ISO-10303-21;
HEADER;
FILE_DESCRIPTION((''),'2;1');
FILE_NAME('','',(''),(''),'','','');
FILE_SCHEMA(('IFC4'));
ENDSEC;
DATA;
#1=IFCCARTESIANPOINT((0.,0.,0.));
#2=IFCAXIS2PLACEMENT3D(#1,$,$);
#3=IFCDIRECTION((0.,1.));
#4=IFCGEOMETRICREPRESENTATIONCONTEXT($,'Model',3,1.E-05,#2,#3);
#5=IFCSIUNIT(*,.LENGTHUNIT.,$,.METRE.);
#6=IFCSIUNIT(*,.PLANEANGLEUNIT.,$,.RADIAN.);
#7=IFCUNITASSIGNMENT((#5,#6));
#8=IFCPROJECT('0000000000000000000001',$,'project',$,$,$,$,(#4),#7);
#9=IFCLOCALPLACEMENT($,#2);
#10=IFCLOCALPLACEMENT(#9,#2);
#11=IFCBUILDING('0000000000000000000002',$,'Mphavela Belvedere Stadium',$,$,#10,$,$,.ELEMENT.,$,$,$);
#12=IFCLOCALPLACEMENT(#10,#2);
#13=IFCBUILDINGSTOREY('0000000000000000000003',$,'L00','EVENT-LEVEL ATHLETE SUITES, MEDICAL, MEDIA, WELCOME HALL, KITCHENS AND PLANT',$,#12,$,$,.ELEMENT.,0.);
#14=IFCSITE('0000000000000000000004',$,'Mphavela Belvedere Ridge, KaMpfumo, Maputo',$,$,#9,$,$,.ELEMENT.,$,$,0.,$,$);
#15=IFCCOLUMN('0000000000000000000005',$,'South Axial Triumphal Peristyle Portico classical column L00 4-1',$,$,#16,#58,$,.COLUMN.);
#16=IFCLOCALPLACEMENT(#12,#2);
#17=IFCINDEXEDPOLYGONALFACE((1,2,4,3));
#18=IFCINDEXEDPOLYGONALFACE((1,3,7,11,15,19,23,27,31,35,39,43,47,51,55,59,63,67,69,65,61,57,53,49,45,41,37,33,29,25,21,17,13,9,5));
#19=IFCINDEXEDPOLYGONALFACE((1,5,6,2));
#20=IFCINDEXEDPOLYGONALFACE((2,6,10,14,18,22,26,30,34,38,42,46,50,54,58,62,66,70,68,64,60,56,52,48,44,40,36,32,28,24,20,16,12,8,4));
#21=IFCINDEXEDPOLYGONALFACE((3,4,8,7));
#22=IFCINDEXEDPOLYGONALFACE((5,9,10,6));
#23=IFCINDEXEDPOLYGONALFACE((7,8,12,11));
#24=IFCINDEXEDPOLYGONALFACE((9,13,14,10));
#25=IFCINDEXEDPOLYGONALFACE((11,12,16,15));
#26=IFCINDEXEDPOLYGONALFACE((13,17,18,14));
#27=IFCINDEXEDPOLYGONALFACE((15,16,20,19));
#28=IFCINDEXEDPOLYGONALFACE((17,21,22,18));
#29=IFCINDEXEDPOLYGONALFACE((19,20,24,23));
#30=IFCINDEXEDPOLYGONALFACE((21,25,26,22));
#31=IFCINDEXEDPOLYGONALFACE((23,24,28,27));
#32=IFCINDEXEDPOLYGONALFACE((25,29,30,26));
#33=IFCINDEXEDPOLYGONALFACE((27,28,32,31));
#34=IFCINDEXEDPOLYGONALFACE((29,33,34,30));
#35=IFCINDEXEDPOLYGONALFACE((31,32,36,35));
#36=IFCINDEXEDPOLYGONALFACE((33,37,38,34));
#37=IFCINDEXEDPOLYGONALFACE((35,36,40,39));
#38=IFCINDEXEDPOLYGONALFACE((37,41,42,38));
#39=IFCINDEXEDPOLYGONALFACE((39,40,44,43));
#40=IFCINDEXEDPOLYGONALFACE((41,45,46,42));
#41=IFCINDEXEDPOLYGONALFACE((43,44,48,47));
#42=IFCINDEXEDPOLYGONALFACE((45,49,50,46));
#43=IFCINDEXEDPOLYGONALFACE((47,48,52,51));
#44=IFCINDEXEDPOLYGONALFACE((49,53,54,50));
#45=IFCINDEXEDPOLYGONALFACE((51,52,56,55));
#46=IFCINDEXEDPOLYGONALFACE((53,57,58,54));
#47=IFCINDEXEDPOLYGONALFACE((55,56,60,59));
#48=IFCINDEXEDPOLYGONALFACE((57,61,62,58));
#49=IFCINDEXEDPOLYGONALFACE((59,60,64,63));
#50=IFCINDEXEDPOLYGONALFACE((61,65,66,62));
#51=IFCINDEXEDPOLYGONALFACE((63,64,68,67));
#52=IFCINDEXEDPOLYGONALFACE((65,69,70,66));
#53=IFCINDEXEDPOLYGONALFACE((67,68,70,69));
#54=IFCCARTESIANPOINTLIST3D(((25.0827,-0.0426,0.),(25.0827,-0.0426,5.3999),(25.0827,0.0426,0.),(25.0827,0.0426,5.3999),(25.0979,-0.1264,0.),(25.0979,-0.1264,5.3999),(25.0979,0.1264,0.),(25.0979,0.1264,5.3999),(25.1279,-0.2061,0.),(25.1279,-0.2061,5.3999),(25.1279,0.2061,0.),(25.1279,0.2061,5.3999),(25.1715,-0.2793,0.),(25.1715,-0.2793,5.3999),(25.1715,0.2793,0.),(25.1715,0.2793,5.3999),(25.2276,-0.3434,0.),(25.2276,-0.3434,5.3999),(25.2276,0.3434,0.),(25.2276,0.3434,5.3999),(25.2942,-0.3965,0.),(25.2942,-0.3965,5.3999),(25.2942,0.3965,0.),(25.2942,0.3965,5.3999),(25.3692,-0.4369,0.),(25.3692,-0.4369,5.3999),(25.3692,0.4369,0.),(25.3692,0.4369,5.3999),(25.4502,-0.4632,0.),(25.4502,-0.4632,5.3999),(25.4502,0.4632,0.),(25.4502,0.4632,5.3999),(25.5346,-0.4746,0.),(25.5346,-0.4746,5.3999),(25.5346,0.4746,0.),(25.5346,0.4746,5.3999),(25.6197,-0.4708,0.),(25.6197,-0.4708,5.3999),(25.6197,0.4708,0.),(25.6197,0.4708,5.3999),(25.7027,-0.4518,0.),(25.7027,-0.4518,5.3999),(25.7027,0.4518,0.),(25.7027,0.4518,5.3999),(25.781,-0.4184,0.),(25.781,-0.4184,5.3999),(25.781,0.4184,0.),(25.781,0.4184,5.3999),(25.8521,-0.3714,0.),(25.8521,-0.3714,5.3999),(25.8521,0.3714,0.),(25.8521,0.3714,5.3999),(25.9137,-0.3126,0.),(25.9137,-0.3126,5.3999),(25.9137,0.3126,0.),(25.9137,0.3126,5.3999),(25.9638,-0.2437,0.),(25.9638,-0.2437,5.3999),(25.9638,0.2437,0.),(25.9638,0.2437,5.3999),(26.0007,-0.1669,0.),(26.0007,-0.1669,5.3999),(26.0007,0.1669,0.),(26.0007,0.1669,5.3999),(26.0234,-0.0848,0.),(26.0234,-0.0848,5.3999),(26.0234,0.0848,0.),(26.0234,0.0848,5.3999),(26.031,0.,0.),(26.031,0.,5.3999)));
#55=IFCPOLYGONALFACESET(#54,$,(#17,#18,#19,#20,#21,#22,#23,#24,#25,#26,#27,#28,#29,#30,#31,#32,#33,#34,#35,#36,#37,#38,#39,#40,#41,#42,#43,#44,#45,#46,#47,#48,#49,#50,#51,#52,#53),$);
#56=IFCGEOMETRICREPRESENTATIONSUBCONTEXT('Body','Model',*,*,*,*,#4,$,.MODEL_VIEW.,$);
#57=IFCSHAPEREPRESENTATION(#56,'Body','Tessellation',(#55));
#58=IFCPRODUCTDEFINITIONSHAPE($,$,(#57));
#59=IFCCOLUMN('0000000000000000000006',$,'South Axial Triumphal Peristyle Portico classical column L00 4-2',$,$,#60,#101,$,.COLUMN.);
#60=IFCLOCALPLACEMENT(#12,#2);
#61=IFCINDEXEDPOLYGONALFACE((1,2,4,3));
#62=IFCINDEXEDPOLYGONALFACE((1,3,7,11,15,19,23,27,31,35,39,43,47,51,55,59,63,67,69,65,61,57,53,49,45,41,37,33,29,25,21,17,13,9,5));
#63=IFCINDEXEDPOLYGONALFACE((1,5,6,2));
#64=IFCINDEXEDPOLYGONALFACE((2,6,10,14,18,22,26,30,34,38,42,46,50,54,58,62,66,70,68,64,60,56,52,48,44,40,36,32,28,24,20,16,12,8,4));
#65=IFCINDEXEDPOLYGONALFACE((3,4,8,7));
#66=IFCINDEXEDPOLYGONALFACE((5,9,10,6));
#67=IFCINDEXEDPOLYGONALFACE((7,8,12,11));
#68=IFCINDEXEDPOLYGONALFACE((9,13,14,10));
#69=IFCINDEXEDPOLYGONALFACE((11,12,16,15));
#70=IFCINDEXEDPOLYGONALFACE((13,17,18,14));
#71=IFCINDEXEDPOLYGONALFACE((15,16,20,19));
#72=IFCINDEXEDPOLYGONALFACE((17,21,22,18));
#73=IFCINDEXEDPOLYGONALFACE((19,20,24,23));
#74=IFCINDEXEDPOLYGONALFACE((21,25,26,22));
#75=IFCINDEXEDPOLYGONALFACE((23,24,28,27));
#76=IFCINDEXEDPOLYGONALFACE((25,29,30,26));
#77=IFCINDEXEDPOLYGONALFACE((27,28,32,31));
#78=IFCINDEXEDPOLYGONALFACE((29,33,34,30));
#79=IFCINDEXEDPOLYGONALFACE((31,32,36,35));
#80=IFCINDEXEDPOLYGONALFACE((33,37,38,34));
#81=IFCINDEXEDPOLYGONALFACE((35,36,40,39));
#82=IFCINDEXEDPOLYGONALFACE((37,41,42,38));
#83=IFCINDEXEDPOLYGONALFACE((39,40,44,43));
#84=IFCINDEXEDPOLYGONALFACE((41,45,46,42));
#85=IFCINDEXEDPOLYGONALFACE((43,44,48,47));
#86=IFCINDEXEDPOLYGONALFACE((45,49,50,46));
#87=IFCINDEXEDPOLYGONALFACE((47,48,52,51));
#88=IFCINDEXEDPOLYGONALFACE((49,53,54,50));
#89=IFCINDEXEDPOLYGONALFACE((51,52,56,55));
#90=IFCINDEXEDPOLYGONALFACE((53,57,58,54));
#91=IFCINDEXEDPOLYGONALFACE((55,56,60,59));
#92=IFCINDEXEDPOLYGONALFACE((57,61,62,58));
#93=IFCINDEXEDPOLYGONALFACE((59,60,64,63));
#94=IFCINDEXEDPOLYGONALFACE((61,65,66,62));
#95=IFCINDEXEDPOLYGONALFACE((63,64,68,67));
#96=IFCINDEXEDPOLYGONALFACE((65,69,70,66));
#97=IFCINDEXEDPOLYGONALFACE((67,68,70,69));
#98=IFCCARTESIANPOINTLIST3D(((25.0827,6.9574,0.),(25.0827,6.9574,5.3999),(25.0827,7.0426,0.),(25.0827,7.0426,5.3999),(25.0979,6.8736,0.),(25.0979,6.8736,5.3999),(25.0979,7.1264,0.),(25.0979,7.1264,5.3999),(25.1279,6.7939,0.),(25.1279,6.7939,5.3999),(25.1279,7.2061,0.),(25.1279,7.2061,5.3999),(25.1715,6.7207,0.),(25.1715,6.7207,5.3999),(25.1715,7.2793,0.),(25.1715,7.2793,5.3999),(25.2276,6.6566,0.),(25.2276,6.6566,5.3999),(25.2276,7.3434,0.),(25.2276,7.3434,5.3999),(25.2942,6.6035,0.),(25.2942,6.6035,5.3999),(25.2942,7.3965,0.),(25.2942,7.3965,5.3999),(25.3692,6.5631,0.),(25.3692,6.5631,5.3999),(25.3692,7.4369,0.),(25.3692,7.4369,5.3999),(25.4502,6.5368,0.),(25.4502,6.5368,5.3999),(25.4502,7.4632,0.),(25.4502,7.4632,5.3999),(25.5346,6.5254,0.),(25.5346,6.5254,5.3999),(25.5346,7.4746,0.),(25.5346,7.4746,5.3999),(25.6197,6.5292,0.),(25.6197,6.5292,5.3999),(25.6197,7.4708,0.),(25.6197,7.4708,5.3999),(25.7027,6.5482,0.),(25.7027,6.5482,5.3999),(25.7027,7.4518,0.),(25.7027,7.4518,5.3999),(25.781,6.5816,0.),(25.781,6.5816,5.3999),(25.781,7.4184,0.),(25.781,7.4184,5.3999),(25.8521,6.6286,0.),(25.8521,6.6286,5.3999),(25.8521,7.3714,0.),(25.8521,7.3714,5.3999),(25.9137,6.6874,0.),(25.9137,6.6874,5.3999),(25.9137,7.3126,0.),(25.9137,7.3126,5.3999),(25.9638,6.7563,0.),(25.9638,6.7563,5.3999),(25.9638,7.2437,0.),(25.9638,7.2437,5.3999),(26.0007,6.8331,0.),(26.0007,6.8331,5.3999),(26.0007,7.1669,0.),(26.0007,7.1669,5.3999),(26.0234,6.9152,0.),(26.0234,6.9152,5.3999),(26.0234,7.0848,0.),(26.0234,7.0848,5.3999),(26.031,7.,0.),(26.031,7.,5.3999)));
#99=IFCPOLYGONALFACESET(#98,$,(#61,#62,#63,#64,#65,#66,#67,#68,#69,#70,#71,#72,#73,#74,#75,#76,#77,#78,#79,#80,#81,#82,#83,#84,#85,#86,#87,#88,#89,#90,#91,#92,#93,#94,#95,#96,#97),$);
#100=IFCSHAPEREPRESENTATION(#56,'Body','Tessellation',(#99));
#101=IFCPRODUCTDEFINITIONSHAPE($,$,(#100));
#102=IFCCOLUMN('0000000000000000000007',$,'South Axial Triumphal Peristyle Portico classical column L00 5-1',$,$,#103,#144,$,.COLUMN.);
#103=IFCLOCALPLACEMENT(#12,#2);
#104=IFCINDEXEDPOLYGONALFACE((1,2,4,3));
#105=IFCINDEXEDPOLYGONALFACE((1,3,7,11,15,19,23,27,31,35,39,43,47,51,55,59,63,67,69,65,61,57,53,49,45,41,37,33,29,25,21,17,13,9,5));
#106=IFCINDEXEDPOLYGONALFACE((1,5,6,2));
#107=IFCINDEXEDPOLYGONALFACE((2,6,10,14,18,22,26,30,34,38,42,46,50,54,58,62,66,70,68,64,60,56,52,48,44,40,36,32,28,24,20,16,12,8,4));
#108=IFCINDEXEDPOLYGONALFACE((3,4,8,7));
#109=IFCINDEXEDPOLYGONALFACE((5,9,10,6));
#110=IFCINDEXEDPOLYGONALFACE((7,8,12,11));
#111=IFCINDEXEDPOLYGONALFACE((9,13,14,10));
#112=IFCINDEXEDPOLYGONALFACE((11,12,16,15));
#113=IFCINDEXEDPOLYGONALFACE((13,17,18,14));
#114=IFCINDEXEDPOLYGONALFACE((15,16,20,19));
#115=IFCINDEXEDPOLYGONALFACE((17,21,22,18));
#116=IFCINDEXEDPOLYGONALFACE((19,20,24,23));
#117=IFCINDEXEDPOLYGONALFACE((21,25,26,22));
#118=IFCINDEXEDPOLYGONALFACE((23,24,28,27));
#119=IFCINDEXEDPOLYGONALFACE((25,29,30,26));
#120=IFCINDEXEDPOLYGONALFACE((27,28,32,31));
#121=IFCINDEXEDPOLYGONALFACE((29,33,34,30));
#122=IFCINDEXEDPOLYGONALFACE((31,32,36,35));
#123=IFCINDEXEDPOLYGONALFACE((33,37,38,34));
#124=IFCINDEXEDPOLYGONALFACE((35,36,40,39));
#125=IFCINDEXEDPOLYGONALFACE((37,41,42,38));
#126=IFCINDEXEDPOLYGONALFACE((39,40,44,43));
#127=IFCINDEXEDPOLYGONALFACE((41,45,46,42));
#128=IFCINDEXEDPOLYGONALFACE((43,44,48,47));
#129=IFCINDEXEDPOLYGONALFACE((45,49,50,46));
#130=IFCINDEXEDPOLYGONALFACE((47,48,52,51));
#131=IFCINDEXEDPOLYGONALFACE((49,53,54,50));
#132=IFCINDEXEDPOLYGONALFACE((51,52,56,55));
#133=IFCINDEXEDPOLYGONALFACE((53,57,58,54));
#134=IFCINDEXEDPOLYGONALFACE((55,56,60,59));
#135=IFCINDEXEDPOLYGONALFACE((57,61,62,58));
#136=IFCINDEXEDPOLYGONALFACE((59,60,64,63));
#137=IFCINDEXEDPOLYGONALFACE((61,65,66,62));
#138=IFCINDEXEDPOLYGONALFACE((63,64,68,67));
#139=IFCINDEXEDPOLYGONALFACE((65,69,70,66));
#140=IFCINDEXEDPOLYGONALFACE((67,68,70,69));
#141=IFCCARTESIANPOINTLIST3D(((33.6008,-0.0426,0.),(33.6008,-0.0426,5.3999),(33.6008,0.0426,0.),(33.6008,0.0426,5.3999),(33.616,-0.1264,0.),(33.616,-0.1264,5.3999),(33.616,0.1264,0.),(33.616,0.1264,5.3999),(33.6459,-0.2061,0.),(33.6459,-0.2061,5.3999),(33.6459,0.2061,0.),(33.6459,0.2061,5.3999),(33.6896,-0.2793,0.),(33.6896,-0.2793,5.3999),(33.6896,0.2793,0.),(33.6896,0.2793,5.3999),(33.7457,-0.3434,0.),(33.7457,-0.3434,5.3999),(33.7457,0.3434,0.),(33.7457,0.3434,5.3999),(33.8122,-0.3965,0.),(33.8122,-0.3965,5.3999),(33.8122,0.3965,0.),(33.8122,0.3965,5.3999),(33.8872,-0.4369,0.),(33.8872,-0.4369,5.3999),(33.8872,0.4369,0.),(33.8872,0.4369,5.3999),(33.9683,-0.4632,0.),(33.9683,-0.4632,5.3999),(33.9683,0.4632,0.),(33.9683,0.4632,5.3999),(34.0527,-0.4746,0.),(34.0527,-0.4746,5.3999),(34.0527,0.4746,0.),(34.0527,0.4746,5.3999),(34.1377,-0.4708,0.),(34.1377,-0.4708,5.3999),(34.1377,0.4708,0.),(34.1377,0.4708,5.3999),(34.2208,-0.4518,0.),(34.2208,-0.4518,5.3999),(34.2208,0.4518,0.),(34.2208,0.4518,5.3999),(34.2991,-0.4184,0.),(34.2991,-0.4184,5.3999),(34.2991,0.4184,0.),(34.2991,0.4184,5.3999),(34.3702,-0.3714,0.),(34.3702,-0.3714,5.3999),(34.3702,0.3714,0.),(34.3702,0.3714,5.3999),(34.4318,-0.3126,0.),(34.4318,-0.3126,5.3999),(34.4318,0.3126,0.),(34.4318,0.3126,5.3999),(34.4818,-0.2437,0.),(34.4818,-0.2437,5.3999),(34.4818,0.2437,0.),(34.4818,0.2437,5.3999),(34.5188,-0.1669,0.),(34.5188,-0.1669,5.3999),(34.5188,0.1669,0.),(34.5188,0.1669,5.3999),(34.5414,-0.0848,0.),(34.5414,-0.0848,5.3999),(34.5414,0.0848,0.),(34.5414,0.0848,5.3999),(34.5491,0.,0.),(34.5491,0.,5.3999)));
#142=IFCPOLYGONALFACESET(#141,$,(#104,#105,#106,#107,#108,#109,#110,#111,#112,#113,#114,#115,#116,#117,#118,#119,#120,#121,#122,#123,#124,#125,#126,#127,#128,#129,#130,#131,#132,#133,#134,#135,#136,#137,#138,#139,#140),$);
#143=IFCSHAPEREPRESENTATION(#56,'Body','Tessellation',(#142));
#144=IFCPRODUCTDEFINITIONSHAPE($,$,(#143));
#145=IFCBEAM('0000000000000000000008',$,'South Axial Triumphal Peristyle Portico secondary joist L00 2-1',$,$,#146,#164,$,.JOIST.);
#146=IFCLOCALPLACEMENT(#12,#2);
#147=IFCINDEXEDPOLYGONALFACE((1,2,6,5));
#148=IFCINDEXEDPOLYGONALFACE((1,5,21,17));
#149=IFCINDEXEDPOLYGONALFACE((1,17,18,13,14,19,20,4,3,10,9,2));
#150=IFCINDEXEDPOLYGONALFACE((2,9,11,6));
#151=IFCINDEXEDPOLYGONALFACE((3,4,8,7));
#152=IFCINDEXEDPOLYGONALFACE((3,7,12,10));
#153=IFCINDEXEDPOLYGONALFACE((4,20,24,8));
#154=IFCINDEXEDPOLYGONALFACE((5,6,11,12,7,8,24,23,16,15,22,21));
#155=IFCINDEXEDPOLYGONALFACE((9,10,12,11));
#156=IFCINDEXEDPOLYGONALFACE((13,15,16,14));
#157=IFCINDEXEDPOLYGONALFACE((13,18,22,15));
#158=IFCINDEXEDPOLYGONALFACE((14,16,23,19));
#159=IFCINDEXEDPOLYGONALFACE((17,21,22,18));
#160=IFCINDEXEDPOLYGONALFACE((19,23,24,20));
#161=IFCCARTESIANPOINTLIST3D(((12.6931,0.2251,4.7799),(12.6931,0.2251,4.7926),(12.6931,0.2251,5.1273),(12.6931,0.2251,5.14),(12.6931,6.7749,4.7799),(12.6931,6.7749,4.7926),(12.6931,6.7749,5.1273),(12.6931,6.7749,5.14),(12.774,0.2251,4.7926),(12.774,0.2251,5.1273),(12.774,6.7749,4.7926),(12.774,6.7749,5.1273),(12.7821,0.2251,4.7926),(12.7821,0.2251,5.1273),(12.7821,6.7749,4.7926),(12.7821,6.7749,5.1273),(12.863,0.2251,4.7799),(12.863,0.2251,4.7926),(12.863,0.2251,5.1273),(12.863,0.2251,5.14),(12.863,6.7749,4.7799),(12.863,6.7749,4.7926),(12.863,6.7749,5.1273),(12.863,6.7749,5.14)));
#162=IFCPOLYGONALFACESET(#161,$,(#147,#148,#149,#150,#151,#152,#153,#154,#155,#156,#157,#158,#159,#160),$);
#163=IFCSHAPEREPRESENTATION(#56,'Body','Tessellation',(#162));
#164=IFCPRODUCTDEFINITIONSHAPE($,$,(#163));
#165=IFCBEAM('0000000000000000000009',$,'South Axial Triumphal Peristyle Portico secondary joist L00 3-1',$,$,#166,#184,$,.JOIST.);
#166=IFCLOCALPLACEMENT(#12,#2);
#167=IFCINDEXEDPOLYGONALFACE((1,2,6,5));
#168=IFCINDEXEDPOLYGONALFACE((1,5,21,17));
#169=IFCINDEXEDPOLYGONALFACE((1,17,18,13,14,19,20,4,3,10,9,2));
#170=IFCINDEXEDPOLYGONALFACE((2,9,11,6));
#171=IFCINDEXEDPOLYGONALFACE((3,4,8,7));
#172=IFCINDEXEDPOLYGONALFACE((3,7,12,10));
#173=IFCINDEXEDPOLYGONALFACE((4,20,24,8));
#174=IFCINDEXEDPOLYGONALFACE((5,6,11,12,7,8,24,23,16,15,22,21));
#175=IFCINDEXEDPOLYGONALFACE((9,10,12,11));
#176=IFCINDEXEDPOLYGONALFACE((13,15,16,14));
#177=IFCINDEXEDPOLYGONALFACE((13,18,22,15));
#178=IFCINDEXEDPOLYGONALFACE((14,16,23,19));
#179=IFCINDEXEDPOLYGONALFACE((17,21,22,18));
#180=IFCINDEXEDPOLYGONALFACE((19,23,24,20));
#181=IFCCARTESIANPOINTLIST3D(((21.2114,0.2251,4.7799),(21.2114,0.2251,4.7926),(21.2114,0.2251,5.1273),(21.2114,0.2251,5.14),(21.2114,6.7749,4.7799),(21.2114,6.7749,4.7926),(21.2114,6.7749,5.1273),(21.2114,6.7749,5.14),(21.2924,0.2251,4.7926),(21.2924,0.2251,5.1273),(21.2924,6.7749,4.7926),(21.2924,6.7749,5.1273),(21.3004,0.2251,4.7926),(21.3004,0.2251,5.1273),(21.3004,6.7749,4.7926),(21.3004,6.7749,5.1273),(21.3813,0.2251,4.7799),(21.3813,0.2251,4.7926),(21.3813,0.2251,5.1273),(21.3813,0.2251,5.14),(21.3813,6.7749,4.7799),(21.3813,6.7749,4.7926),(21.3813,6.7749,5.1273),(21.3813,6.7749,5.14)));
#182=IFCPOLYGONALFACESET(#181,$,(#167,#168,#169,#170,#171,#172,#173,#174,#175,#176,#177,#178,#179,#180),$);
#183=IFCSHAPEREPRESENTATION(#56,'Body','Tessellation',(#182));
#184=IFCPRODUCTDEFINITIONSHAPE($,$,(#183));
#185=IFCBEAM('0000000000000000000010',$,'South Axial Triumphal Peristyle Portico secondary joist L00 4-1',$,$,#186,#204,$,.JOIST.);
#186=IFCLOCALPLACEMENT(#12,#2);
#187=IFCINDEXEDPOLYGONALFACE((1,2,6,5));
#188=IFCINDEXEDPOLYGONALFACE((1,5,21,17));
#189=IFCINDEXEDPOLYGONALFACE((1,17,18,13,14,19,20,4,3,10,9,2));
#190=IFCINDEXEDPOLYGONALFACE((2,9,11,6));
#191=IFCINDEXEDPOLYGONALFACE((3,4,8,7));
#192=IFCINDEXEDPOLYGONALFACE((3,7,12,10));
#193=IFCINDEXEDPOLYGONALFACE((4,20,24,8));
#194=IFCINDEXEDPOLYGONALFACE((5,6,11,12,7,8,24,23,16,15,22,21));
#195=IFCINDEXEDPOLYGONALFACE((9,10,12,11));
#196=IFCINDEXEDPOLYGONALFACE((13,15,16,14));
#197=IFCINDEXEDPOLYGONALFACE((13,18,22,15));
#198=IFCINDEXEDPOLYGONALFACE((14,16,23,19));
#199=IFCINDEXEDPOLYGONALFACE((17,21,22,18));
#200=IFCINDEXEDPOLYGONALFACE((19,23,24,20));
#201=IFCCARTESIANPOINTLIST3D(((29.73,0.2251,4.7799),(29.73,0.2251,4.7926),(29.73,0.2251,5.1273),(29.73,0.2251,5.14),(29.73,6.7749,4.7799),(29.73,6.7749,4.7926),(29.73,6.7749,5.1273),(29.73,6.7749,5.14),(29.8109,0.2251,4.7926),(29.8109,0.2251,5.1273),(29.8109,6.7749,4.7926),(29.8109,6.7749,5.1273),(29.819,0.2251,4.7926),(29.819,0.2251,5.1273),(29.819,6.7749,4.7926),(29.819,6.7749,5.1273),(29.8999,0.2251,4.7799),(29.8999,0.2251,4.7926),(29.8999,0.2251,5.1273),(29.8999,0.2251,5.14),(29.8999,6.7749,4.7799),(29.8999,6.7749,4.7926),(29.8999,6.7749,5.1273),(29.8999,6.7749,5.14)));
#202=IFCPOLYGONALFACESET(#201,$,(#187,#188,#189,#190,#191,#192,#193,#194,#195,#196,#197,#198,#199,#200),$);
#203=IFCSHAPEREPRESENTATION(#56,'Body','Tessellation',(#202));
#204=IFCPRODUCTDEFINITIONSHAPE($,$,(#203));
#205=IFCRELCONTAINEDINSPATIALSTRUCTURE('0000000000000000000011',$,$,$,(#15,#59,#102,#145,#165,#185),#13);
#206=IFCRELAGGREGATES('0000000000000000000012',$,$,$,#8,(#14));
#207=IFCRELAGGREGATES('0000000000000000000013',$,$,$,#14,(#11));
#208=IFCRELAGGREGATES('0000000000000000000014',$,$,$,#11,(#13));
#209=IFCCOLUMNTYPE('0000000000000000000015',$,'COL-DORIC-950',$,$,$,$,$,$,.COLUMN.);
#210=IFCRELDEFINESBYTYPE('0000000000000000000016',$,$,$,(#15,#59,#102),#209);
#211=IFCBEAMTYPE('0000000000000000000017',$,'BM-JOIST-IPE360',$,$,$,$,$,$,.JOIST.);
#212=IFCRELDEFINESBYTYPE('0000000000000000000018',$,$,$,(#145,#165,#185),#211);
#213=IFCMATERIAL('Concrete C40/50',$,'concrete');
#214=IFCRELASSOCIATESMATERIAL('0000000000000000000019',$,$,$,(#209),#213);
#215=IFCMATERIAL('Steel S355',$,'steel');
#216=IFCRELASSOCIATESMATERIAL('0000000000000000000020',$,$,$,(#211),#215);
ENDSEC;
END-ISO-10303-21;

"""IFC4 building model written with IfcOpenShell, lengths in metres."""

from ifc_helpers import new_model, si_unit, direction, frame, origin, origin_2d, place, context, subcontext, project, spatial, circle, i_section, extrude, material, material_profile, profile_set, type_object, element, save


model = new_model("IFC4")

# Units and contexts
model_context = context("Model", 3, precision=1e-05, world=origin(), true_north=direction((0.0, 1.0)))
body_context = subcontext(model_context, "Body", "Model", "MODEL_VIEW")
ifc_project = project(units=[si_unit("LENGTHUNIT", "METRE"), si_unit("PLANEANGLEUNIT", "RADIAN")], contexts=[model_context])

# Site, building, storey
site_placement = place(None, origin())
site = spatial("IfcSite", under=ifc_project, at=site_placement, Name="Mphavela Belvedere Ridge, KaMpfumo, Maputo", CompositionType="ELEMENT", RefElevation=0.0)
building_placement = place(site_placement, origin())
building = spatial("IfcBuilding", under=site, at=building_placement, Name="Mphavela Belvedere Stadium", CompositionType="ELEMENT")
storey_placement = place(building_placement, origin())
storey = spatial("IfcBuildingStorey", under=building, at=storey_placement, Name="L00", Description="EVENT-LEVEL ATHLETE SUITES, MEDICAL, MEDIA, WELCOME HALL, KITCHENS AND PLANT", CompositionType="ELEMENT", Elevation=0.0)

# Columns
ifc_material_1 = material(Name="Concrete C40/50", Category="concrete")
ifc_material_profile_1 = material_profile(ifc_material_1, circle(Radius=0.4751, at=origin_2d()), Name="COL D950")
ifc_profile_set_1 = profile_set([ifc_material_profile_1], Name="Concrete C40/50")
column_type = type_object("IfcColumnType", Name="COL-DORIC-950", PredefinedType="COLUMN", material=ifc_profile_set_1)
for number, where, z_axis, x_axis, name in (
    (1, (25.5559, 0.0, 0.0), (0.0, 0.0, 1.0), (1.0, 0.0, 0.0), "South Axial Triumphal Peristyle Portico classical column L00 4-1"),
    (2, (25.5559, 7.0, 0.0), (0.0, 0.0, 1.0), (1.0, 0.0, 0.0), "South Axial Triumphal Peristyle Portico classical column L00 4-2"),
    (3, (34.074, 0.0, 0.0), (0.0, 0.0, 1.0), (1.0, 0.0, 0.0), "South Axial Triumphal Peristyle Portico classical column L00 5-1"),
):
    element("IfcColumn", number, at=place(storey_placement, frame(where, z_axis=z_axis, x_axis=x_axis)), inside=storey, type_object=column_type, Name=name, PredefinedType="COLUMN", context=body_context, shape_type="SweptSolid", body=[
        extrude(circle(Radius=0.4751, at=origin_2d()), origin(), (0.0, 0.0, 1.0), 5.3999),
    ])

# Beams
ifc_material_2 = material(Name="Steel S355", Category="steel")
ifc_material_profile_2 = material_profile(ifc_material_2, i_section(OverallWidth=0.1699, OverallDepth=0.3601, WebThickness=0.0081, FlangeThickness=0.0127, at=origin_2d()), Name="IPE 360")
ifc_profile_set_2 = profile_set([ifc_material_profile_2], Name="Steel S355")
beam_type_1 = type_object("IfcBeamType", Name="BM-JOIST-IPE360", PredefinedType="JOIST", material=ifc_profile_set_2)
for number, where, z_axis, x_axis, name in (
    (4, (12.7781, 0.2251, 4.96), (0.0, 1.0, 0.0), (-1.0, 0.0, 0.0), "South Axial Triumphal Peristyle Portico secondary joist L00 2-1"),
    (5, (21.2964, 0.2251, 4.96), (0.0, 1.0, 0.0), (-1.0, 0.0, 0.0), "South Axial Triumphal Peristyle Portico secondary joist L00 3-1"),
    (6, (29.8149, 0.2251, 4.96), (0.0, 1.0, 0.0), (-1.0, 0.0, 0.0), "South Axial Triumphal Peristyle Portico secondary joist L00 4-1"),
):
    element("IfcBeam", number, at=place(storey_placement, frame(where, z_axis=z_axis, x_axis=x_axis)), inside=storey, type_object=beam_type_1, Name=name, PredefinedType="JOIST", context=body_context, shape_type="SweptSolid", body=[
        extrude(i_section(OverallWidth=0.1699, OverallDepth=0.3601, WebThickness=0.0081, FlangeThickness=0.0127, at=origin_2d()), origin(), (0.0, 0.0, 1.0), 6.5498),
    ])

save(model, "model.ifc")
